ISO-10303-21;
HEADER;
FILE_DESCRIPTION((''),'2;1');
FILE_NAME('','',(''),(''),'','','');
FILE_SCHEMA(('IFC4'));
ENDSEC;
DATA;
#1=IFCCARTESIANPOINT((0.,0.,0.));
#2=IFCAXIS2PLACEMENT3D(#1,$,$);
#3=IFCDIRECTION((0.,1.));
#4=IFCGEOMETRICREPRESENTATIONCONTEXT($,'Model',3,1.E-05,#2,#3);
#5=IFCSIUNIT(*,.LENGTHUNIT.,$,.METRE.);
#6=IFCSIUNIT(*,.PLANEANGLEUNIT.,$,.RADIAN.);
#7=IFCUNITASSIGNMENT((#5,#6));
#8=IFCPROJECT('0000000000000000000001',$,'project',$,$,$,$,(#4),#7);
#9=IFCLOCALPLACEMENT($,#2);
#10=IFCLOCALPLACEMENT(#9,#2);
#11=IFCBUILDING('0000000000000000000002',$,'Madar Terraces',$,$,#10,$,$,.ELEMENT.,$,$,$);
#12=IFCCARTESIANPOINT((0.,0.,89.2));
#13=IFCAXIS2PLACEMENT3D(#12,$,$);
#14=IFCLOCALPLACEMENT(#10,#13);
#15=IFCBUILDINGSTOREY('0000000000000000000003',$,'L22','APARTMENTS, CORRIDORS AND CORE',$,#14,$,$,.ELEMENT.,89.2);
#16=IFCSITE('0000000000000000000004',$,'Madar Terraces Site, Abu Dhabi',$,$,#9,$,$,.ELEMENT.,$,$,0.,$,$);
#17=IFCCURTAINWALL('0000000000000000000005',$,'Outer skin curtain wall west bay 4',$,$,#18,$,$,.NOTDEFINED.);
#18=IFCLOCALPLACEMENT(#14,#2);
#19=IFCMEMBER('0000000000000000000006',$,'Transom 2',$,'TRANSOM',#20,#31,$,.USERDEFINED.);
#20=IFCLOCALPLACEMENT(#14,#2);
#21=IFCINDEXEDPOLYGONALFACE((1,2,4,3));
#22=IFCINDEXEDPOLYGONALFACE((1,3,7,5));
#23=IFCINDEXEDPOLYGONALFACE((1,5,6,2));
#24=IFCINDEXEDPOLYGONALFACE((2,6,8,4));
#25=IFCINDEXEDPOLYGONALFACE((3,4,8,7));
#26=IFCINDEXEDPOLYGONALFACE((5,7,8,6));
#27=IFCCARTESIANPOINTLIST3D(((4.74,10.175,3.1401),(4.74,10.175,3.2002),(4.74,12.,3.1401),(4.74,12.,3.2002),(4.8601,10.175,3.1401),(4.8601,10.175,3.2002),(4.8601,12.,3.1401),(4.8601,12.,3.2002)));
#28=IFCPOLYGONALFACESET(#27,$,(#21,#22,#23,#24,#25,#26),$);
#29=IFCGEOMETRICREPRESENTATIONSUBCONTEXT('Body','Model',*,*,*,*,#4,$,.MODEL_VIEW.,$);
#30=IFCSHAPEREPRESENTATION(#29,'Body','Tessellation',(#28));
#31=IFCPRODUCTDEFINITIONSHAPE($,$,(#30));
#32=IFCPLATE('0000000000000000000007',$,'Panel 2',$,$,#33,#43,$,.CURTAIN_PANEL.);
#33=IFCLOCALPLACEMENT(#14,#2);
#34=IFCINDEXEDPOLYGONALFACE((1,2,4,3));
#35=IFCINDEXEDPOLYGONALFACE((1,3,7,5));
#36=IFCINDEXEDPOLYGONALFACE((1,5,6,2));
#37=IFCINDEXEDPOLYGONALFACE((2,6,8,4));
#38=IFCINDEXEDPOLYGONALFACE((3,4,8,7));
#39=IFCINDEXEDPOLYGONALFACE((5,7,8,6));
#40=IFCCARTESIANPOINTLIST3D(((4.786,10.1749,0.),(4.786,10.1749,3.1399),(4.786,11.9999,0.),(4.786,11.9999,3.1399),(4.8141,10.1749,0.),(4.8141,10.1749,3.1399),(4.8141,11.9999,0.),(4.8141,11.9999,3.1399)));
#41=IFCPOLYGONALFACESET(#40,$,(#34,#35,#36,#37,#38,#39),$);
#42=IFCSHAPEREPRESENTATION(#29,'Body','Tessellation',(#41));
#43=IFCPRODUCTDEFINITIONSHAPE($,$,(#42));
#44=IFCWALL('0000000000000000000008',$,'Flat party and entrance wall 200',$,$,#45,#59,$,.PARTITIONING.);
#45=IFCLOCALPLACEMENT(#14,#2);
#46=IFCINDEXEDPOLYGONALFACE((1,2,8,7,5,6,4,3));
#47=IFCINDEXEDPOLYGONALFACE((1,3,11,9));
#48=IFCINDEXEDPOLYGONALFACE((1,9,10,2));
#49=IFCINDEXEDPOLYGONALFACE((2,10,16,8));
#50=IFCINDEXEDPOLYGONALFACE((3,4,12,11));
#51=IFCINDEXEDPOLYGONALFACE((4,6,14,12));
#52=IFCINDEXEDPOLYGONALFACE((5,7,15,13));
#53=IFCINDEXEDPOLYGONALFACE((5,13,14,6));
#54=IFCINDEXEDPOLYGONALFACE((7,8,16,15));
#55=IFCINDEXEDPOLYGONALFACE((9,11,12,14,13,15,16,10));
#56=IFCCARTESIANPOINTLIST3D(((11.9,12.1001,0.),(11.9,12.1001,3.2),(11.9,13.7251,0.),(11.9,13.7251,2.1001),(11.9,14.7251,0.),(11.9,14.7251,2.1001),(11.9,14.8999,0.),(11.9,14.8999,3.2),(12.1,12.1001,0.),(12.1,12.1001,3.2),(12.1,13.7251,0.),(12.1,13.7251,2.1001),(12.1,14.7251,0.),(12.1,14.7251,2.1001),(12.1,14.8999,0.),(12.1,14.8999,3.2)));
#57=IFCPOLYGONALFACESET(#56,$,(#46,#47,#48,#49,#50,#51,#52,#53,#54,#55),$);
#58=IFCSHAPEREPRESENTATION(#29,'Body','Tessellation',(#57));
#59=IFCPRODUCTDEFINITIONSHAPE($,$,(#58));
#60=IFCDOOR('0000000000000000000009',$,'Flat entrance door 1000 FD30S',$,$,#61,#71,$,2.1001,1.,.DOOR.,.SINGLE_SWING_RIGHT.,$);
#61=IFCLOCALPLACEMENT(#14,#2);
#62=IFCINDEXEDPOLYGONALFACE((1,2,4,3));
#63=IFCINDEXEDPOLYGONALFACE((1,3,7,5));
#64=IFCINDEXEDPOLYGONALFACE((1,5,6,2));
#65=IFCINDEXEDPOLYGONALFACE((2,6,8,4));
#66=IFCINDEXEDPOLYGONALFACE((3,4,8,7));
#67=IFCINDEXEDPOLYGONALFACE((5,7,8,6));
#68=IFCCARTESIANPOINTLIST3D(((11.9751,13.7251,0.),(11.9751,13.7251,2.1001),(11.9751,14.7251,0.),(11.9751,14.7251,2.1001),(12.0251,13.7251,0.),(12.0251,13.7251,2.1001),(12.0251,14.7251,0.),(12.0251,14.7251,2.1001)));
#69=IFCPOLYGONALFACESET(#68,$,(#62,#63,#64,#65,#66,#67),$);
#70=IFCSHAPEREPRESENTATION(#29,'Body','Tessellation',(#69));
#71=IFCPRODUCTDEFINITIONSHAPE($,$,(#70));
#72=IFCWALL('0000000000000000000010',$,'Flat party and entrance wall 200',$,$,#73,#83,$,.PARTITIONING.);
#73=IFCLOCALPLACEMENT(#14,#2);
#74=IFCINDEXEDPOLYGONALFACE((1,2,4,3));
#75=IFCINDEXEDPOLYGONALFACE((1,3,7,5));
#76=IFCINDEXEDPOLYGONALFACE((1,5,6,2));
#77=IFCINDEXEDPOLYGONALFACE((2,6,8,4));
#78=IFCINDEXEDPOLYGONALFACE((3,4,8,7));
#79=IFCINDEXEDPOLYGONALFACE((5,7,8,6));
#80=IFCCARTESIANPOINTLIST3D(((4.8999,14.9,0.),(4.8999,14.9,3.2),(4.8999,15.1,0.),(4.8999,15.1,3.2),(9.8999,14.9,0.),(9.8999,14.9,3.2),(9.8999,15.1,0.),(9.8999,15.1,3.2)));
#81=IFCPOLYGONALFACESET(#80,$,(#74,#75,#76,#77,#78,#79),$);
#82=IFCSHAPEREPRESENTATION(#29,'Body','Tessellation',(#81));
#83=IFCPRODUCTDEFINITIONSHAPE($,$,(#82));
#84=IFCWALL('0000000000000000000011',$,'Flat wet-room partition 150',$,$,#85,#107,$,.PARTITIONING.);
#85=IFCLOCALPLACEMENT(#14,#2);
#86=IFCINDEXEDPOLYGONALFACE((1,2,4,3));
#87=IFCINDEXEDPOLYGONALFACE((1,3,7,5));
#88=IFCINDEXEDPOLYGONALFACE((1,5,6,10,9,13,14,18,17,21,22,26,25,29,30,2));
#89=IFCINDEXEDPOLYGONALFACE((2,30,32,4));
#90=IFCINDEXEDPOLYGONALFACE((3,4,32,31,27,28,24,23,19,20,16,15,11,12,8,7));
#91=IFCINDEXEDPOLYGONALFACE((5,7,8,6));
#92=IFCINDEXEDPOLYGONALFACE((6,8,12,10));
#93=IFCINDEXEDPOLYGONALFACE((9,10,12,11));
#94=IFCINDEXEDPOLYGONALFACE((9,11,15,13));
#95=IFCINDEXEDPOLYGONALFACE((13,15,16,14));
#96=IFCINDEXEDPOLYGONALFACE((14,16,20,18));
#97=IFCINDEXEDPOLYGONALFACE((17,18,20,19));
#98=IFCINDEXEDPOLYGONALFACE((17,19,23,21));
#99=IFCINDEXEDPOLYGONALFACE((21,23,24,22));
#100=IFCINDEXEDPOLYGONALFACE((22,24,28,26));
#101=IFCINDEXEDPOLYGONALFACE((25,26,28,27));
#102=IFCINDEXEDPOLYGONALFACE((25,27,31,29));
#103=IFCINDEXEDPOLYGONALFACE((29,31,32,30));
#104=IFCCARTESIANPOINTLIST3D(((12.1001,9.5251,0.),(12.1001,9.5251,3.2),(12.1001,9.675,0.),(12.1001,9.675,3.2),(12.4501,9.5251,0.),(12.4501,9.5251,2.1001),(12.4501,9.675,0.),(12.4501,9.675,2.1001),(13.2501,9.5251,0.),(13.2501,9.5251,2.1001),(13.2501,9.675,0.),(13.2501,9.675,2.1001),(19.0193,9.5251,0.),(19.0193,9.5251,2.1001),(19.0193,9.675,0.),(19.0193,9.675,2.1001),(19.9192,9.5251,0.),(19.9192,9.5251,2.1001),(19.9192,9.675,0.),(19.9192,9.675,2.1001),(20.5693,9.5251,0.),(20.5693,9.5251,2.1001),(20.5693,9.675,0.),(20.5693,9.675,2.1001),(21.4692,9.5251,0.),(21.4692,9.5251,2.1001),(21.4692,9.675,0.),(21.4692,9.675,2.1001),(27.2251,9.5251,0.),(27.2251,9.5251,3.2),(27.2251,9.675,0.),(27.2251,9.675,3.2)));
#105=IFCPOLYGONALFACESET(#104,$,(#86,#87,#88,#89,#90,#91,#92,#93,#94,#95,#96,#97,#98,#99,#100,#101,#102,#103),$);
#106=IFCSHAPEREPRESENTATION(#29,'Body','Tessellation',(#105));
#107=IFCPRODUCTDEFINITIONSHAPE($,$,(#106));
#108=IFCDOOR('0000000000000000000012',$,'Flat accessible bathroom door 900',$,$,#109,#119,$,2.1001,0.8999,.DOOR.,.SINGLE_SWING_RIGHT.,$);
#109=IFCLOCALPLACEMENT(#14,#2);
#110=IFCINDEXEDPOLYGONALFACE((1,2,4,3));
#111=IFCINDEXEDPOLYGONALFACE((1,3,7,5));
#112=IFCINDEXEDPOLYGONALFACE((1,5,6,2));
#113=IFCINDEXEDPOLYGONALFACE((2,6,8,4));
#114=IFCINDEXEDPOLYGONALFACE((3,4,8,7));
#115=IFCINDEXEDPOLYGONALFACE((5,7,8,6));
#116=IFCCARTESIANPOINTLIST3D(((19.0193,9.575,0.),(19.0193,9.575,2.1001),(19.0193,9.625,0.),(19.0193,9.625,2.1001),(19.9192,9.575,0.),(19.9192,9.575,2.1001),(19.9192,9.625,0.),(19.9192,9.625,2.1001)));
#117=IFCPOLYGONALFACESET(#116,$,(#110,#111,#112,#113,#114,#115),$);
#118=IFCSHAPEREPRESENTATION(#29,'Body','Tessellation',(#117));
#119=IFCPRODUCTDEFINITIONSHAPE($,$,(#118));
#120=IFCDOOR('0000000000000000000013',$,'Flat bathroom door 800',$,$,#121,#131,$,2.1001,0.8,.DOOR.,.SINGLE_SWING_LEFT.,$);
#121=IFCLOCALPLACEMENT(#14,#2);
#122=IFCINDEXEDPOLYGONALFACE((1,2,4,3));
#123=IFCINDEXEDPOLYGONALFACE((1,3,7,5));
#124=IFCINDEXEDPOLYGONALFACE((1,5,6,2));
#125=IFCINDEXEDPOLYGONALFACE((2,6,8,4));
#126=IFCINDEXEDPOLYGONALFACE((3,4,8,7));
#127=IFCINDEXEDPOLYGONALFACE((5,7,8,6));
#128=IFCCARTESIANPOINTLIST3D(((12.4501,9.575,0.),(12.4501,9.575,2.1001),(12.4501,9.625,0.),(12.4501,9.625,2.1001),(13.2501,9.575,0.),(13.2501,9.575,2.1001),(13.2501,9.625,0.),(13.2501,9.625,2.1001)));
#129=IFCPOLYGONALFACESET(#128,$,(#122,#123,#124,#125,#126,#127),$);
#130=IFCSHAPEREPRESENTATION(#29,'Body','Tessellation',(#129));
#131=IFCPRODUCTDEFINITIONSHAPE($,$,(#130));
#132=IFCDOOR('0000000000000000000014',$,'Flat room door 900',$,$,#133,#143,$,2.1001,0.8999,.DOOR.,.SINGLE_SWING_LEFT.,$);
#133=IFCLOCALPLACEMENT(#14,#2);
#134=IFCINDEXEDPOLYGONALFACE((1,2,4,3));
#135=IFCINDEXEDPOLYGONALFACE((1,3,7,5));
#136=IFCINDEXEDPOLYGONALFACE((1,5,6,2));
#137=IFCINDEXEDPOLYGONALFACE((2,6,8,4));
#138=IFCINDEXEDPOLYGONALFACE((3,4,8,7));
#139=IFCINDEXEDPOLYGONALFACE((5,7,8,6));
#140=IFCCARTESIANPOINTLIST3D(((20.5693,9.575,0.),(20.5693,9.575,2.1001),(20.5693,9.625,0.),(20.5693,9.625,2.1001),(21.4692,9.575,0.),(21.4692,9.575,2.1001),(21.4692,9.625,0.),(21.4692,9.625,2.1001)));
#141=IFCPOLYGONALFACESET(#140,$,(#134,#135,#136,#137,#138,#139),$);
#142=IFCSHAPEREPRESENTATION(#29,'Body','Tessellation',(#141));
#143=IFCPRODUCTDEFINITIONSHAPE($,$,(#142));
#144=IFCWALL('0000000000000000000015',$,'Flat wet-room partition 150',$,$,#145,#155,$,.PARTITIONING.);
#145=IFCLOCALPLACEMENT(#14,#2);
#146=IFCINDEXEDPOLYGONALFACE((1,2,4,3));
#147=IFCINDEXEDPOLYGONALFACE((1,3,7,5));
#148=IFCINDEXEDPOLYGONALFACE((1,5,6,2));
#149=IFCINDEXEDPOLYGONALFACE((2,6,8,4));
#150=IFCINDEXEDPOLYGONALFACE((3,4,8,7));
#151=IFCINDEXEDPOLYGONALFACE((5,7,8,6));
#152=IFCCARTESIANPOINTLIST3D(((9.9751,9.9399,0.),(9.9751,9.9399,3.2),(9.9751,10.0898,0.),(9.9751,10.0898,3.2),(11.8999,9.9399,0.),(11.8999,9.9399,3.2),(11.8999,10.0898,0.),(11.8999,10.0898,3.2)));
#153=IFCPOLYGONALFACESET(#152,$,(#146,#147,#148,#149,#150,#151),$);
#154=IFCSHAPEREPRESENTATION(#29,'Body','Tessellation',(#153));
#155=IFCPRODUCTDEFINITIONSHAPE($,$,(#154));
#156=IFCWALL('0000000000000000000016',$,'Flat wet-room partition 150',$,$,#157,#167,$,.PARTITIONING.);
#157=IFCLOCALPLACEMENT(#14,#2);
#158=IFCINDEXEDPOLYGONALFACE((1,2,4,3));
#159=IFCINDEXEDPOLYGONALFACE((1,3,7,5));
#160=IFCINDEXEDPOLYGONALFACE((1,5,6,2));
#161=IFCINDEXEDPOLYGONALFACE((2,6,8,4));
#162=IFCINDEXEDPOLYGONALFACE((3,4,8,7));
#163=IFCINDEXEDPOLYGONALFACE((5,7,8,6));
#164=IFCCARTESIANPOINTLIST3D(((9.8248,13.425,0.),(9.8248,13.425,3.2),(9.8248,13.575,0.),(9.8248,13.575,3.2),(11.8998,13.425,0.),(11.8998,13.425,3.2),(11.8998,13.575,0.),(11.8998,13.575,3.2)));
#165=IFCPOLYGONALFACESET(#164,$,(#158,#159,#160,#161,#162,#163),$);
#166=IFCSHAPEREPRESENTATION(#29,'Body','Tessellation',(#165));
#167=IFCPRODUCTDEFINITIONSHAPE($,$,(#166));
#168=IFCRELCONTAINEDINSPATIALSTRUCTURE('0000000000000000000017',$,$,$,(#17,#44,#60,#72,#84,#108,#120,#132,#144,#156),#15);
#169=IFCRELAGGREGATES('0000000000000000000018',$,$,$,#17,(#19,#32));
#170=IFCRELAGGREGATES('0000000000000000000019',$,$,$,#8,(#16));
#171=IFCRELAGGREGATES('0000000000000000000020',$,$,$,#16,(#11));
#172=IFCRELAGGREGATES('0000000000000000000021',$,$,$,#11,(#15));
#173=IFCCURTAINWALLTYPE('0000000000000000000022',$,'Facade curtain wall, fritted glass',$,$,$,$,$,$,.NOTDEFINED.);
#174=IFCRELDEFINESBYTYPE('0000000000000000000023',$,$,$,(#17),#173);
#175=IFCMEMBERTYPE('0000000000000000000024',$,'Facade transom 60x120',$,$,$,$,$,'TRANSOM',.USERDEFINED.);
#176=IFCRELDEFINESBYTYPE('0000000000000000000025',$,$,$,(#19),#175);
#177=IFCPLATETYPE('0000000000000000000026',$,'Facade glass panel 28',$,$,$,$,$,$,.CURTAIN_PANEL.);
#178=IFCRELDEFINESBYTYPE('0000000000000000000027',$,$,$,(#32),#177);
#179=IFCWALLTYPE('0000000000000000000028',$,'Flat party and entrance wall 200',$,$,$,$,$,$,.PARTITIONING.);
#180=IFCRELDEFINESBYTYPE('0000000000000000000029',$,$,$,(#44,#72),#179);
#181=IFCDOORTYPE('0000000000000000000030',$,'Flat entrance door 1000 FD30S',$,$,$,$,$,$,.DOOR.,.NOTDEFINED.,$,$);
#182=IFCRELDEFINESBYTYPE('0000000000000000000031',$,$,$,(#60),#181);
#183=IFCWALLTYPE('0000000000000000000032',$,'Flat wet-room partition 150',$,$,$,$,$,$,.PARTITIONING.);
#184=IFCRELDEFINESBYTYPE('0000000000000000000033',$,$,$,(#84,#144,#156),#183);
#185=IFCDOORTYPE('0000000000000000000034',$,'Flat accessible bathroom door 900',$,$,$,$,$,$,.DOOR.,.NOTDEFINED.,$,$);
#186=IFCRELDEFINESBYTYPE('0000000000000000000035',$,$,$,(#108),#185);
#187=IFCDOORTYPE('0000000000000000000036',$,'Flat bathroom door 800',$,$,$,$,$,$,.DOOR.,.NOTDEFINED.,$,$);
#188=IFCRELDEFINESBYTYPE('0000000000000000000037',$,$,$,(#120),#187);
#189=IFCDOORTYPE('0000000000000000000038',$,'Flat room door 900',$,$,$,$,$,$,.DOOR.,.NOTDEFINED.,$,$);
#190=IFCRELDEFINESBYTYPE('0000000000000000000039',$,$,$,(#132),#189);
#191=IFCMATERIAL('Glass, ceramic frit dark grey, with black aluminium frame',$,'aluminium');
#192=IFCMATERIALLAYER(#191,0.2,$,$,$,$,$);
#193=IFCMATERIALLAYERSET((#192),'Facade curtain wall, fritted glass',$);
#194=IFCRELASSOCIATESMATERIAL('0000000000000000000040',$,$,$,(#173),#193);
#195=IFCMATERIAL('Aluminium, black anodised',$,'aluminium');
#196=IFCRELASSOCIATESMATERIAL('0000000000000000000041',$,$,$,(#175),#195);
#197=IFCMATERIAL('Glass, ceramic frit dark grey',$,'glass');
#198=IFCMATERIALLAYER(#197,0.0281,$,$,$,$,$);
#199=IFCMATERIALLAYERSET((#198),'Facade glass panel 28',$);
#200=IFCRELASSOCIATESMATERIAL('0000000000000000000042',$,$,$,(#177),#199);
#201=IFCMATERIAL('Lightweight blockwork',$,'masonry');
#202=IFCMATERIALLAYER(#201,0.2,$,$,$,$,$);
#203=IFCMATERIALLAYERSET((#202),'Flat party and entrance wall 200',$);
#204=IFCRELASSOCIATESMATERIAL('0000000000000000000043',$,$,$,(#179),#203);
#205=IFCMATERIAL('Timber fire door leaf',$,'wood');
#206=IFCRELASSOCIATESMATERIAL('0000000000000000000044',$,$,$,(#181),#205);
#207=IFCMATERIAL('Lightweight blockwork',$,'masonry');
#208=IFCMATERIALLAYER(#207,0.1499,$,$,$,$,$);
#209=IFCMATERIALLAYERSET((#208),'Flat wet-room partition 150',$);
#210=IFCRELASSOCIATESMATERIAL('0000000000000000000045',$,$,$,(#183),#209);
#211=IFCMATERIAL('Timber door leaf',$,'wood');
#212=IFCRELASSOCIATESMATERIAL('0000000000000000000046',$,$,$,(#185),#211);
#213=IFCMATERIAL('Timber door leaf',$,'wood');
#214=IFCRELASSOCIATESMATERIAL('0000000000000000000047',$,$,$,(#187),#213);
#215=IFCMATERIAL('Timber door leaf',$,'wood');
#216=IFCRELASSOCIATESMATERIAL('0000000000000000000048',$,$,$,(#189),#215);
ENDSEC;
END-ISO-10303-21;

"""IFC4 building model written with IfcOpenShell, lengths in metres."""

from ifc_helpers import new_model, si_unit, direction, frame, frame_2d, origin, origin_2d, place, context, subcontext, project, spatial, rectangle, extrude, material, layer, layer_set, material_profile, profile_set, type_object, element, fill, aggregate, save


model = new_model("IFC4")

# Units and contexts
model_context = context("Model", 3, precision=1e-05, world=origin(), true_north=direction((0.0, 1.0)))
body_context = subcontext(model_context, "Body", "Model", "MODEL_VIEW")
ifc_project = project(units=[si_unit("LENGTHUNIT", "METRE"), si_unit("PLANEANGLEUNIT", "RADIAN")], contexts=[model_context])

# Site, building, storey
site_placement = place(None, origin())
site = spatial("IfcSite", under=ifc_project, at=site_placement, Name="Madar Terraces Site, Abu Dhabi", CompositionType="ELEMENT", RefElevation=0.0)
building_placement = place(site_placement, origin())
building = spatial("IfcBuilding", under=site, at=building_placement, Name="Madar Terraces", CompositionType="ELEMENT")
storey_placement = place(building_placement, frame((0.0, 0.0, 89.2)))
storey = spatial("IfcBuildingStorey", under=building, at=storey_placement, Name="L22", Description="APARTMENTS, CORRIDORS AND CORE", CompositionType="ELEMENT", Elevation=89.2)

# Curtain wall, member, plate
ifc_material_1 = material(Name="Glass, ceramic frit dark grey, with black aluminium frame", Category="aluminium")
ifc_layer_1 = layer(ifc_material_1, 0.2)
ifc_layer_set_1 = layer_set([ifc_layer_1], Name="Facade curtain wall, fritted glass")
curtain_wall_type = type_object("IfcCurtainWallType", Name="Facade curtain wall, fritted glass", PredefinedType="NOTDEFINED", material=ifc_layer_set_1)
curtain_wall_placement = place(storey_placement, origin())
curtain_wall = element("IfcCurtainWall", 1, at=curtain_wall_placement, inside=storey, type_object=curtain_wall_type, Name="Outer skin curtain wall west bay 4", PredefinedType="NOTDEFINED")
ifc_material_2 = material(Name="Aluminium, black anodised", Category="aluminium")
ifc_material_profile = material_profile(ifc_material_2, rectangle(XDim=0.1201, YDim=0.0601, at=origin_2d()), Name="Facade transom 60x120")
ifc_profile_set = profile_set([ifc_material_profile], Name="Aluminium, black anodised")
member_type = type_object("IfcMemberType", Name="Facade transom 60x120", ElementType="TRANSOM", PredefinedType="USERDEFINED", material=ifc_profile_set)
member_placement = place(storey_placement, frame((4.8, 12.0, 3.1702), z_axis=(0.0, -1.0, 0.0), x_axis=(1.0, 0.0, 0.0)))
member = element("IfcMember", 2, at=member_placement, type_object=member_type, Name="Transom 2", ObjectType="TRANSOM", PredefinedType="USERDEFINED", context=body_context, shape_type="SweptSolid", body=[
    extrude(rectangle(XDim=0.1201, YDim=0.0601, at=origin_2d()), origin(), (0.0, 0.0, 1.0), 1.825),
])
ifc_material_3 = material(Name="Glass, ceramic frit dark grey", Category="glass")
ifc_layer_2 = layer(ifc_material_3, 0.0281)
ifc_layer_set_2 = layer_set([ifc_layer_2], Name="Facade glass panel 28")
plate_type = type_object("IfcPlateType", Name="Facade glass panel 28", PredefinedType="CURTAIN_PANEL", material=ifc_layer_set_2)
plate_placement = place(storey_placement, frame((4.8, 11.0874, 0.0), z_axis=(0.0, 0.0, 1.0), x_axis=(0.0, -1.0, 0.0)))
plate = element("IfcPlate", 3, at=plate_placement, type_object=plate_type, Name="Panel 2", PredefinedType="CURTAIN_PANEL", context=body_context, shape_type="SweptSolid", body=[
    extrude(rectangle(XDim=1.825, YDim=0.0281, at=origin_2d()), origin(), (0.0, 0.0, 1.0), 3.1399),
])
aggregate(curtain_wall, [member, plate])

# Wall, opening, door
ifc_material_4 = material(Name="Lightweight blockwork", Category="masonry")
ifc_layer_3 = layer(ifc_material_4, 0.2)
ifc_layer_set_3 = layer_set([ifc_layer_3], Name="Flat party and entrance wall 200")
wall_type_1 = type_object("IfcWallType", Name="Flat party and entrance wall 200", PredefinedType="PARTITIONING", material=ifc_layer_set_3)
wall_1_placement = place(storey_placement, frame((12.0, 12.1001, 0.0), z_axis=(0.0, 0.0, 1.0), x_axis=(0.0, 1.0, 0.0)))
wall_1 = element("IfcWall", 4, at=wall_1_placement, inside=storey, type_object=wall_type_1, Name="Flat party and entrance wall 200", PredefinedType="PARTITIONING", context=body_context, shape_type="SweptSolid", body=[
    extrude(rectangle(XDim=2.7998, YDim=0.2, at=frame_2d((1.3999, 0.0))), origin(), (0.0, 0.0, 1.0), 3.2),
])
opening_1_placement = place(wall_1_placement, frame((1.625, 0.0, 0.0)))
opening_1 = element("IfcOpeningElement", 5, at=opening_1_placement, cuts=wall_1, PredefinedType="OPENING", context=body_context, shape_type="SweptSolid", body=[
    extrude(rectangle(XDim=1.0, YDim=2.1001, at=frame_2d((0.5, 1.05))), frame((0.0, 0.1099, 0.0), z_axis=(0.0, -1.0, 0.0), x_axis=(1.0, 0.0, 0.0)), (0.0, 0.0, 1.0), 0.22),
])
ifc_material_5 = material(Name="Timber fire door leaf", Category="wood")
door_type_1 = type_object("IfcDoorType", Name="Flat entrance door 1000 FD30S", OperationType="NOTDEFINED", PredefinedType="DOOR", material=ifc_material_5)
door_1_placement = place(opening_1_placement, origin())
door_1 = element("IfcDoor", 6, at=door_1_placement, inside=storey, type_object=door_type_1, Name="Flat entrance door 1000 FD30S", OperationType="SINGLE_SWING_RIGHT", OverallHeight=2.1001, OverallWidth=1.0, PredefinedType="DOOR", context=body_context, shape_type="SweptSolid", body=[
    extrude(rectangle(XDim=1.0, YDim=2.1001, at=frame_2d((0.5, 1.05))), frame((0.0, 0.0249, 0.0), z_axis=(0.0, -1.0, 0.0), x_axis=(1.0, 0.0, 0.0)), (0.0, 0.0, 1.0), 0.05),
])
fill(opening_1, door_1)

# Wall
wall_2_placement = place(storey_placement, frame((4.8999, 15.0, 0.0), z_axis=(0.0, 0.0, 1.0), x_axis=(1.0, 0.0, 0.0)))
element("IfcWall", 7, at=wall_2_placement, inside=storey, type_object=wall_type_1, Name="Flat party and entrance wall 200", PredefinedType="PARTITIONING", context=body_context, shape_type="SweptSolid", body=[
    extrude(rectangle(XDim=5.0, YDim=0.2, at=frame_2d((2.5, 0.0))), origin(), (0.0, 0.0, 1.0), 3.2),
])

# Wall, openings, doors
ifc_material_6 = material(Name="Lightweight blockwork", Category="masonry")
ifc_layer_4 = layer(ifc_material_6, 0.1499)
ifc_layer_set_4 = layer_set([ifc_layer_4], Name="Flat wet-room partition 150")
wall_type_2 = type_object("IfcWallType", Name="Flat wet-room partition 150", PredefinedType="PARTITIONING", material=ifc_layer_set_4)
wall_3_placement = place(storey_placement, frame((12.1001, 9.6001, 0.0), z_axis=(0.0, 0.0, 1.0), x_axis=(1.0, 0.0, 0.0)))
wall_3 = element("IfcWall", 8, at=wall_3_placement, inside=storey, type_object=wall_type_2, Name="Flat wet-room partition 150", PredefinedType="PARTITIONING", context=body_context, shape_type="SweptSolid", body=[
    extrude(rectangle(XDim=15.125, YDim=0.1499, at=frame_2d((7.5625, 0.0))), origin(), (0.0, 0.0, 1.0), 3.2),
])
opening_2_placement = place(wall_3_placement, frame((8.4692, 0.0, 0.0)))
opening_2 = element("IfcOpeningElement", 9, at=opening_2_placement, cuts=wall_3, PredefinedType="OPENING", context=body_context, shape_type="SweptSolid", body=[
    extrude(rectangle(XDim=0.8999, YDim=2.1001, at=frame_2d((0.45, 1.05))), frame((0.0, 0.085, 0.0), z_axis=(0.0, -1.0, 0.0), x_axis=(1.0, 0.0, 0.0)), (0.0, 0.0, 1.0), 0.1699),
])
opening_3_placement = place(wall_3_placement, frame((6.9192, 0.0, 0.0)))
opening_3 = element("IfcOpeningElement", 10, at=opening_3_placement, cuts=wall_3, PredefinedType="OPENING", context=body_context, shape_type="SweptSolid", body=[
    extrude(rectangle(XDim=0.8999, YDim=2.1001, at=frame_2d((0.45, 1.05))), frame((0.0, 0.085, 0.0), z_axis=(0.0, -1.0, 0.0), x_axis=(1.0, 0.0, 0.0)), (0.0, 0.0, 1.0), 0.1699),
])
opening_4_placement = place(wall_3_placement, frame((0.3501, 0.0, 0.0)))
opening_4 = element("IfcOpeningElement", 11, at=opening_4_placement, cuts=wall_3, PredefinedType="OPENING", context=body_context, shape_type="SweptSolid", body=[
    extrude(rectangle(XDim=0.8, YDim=2.1001, at=frame_2d((0.3999, 1.05))), frame((0.0, 0.085, 0.0), z_axis=(0.0, -1.0, 0.0), x_axis=(1.0, 0.0, 0.0)), (0.0, 0.0, 1.0), 0.1699),
])
ifc_material_7 = material(Name="Timber door leaf", Category="wood")
door_type_2 = type_object("IfcDoorType", Name="Flat accessible bathroom door 900", OperationType="NOTDEFINED", PredefinedType="DOOR", material=ifc_material_7)
door_2_placement = place(opening_3_placement, origin())
door_2 = element("IfcDoor", 12, at=door_2_placement, inside=storey, type_object=door_type_2, Name="Flat accessible bathroom door 900", OperationType="SINGLE_SWING_RIGHT", OverallHeight=2.1001, OverallWidth=0.8999, PredefinedType="DOOR", context=body_context, shape_type="SweptSolid", body=[
    extrude(rectangle(XDim=0.8999, YDim=2.1001, at=frame_2d((0.45, 1.05))), frame((0.0, 0.0249, 0.0), z_axis=(0.0, -1.0, 0.0), x_axis=(1.0, 0.0, 0.0)), (0.0, 0.0, 1.0), 0.05),
])
fill(opening_3, door_2)
ifc_material_8 = material(Name="Timber door leaf", Category="wood")
door_type_3 = type_object("IfcDoorType", Name="Flat bathroom door 800", OperationType="NOTDEFINED", PredefinedType="DOOR", material=ifc_material_8)
door_3_placement = place(opening_4_placement, origin())
door_3 = element("IfcDoor", 13, at=door_3_placement, inside=storey, type_object=door_type_3, Name="Flat bathroom door 800", OperationType="SINGLE_SWING_LEFT", OverallHeight=2.1001, OverallWidth=0.8, PredefinedType="DOOR", context=body_context, shape_type="SweptSolid", body=[
    extrude(rectangle(XDim=0.8, YDim=2.1001, at=frame_2d((0.3999, 1.05))), frame((0.0, 0.0249, 0.0), z_axis=(0.0, -1.0, 0.0), x_axis=(1.0, 0.0, 0.0)), (0.0, 0.0, 1.0), 0.05),
])
fill(opening_4, door_3)
ifc_material_9 = material(Name="Timber door leaf", Category="wood")
door_type_4 = type_object("IfcDoorType", Name="Flat room door 900", OperationType="NOTDEFINED", PredefinedType="DOOR", material=ifc_material_9)
door_4_placement = place(opening_2_placement, origin())
door_4 = element("IfcDoor", 14, at=door_4_placement, inside=storey, type_object=door_type_4, Name="Flat room door 900", OperationType="SINGLE_SWING_LEFT", OverallHeight=2.1001, OverallWidth=0.8999, PredefinedType="DOOR", context=body_context, shape_type="SweptSolid", body=[
    extrude(rectangle(XDim=0.8999, YDim=2.1001, at=frame_2d((0.45, 1.05))), frame((0.0, 0.0249, 0.0), z_axis=(0.0, -1.0, 0.0), x_axis=(1.0, 0.0, 0.0)), (0.0, 0.0, 1.0), 0.05),
])
fill(opening_2, door_4)

# Walls
wall_4_placement = place(storey_placement, frame((11.8999, 10.0149, 0.0), z_axis=(0.0, 0.0, 1.0), x_axis=(-1.0, 0.0, 0.0)))
element("IfcWall", 15, at=wall_4_placement, inside=storey, type_object=wall_type_2, Name="Flat wet-room partition 150", PredefinedType="PARTITIONING", context=body_context, shape_type="SweptSolid", body=[
    extrude(rectangle(XDim=1.9248, YDim=0.1499, at=frame_2d((0.9624, 0.0))), origin(), (0.0, 0.0, 1.0), 3.2),
])
wall_5_placement = place(storey_placement, frame((11.8999, 13.5, 0.0), z_axis=(0.0, 0.0, 1.0), x_axis=(-1.0, 0.0, 0.0)))
element("IfcWall", 16, at=wall_5_placement, inside=storey, type_object=wall_type_2, Name="Flat wet-room partition 150", PredefinedType="PARTITIONING", context=body_context, shape_type="SweptSolid", body=[
    extrude(rectangle(XDim=2.075, YDim=0.1499, at=frame_2d((1.0376, 0.0))), origin(), (0.0, 0.0, 1.0), 3.2),
])

save(model, "model.ifc")
